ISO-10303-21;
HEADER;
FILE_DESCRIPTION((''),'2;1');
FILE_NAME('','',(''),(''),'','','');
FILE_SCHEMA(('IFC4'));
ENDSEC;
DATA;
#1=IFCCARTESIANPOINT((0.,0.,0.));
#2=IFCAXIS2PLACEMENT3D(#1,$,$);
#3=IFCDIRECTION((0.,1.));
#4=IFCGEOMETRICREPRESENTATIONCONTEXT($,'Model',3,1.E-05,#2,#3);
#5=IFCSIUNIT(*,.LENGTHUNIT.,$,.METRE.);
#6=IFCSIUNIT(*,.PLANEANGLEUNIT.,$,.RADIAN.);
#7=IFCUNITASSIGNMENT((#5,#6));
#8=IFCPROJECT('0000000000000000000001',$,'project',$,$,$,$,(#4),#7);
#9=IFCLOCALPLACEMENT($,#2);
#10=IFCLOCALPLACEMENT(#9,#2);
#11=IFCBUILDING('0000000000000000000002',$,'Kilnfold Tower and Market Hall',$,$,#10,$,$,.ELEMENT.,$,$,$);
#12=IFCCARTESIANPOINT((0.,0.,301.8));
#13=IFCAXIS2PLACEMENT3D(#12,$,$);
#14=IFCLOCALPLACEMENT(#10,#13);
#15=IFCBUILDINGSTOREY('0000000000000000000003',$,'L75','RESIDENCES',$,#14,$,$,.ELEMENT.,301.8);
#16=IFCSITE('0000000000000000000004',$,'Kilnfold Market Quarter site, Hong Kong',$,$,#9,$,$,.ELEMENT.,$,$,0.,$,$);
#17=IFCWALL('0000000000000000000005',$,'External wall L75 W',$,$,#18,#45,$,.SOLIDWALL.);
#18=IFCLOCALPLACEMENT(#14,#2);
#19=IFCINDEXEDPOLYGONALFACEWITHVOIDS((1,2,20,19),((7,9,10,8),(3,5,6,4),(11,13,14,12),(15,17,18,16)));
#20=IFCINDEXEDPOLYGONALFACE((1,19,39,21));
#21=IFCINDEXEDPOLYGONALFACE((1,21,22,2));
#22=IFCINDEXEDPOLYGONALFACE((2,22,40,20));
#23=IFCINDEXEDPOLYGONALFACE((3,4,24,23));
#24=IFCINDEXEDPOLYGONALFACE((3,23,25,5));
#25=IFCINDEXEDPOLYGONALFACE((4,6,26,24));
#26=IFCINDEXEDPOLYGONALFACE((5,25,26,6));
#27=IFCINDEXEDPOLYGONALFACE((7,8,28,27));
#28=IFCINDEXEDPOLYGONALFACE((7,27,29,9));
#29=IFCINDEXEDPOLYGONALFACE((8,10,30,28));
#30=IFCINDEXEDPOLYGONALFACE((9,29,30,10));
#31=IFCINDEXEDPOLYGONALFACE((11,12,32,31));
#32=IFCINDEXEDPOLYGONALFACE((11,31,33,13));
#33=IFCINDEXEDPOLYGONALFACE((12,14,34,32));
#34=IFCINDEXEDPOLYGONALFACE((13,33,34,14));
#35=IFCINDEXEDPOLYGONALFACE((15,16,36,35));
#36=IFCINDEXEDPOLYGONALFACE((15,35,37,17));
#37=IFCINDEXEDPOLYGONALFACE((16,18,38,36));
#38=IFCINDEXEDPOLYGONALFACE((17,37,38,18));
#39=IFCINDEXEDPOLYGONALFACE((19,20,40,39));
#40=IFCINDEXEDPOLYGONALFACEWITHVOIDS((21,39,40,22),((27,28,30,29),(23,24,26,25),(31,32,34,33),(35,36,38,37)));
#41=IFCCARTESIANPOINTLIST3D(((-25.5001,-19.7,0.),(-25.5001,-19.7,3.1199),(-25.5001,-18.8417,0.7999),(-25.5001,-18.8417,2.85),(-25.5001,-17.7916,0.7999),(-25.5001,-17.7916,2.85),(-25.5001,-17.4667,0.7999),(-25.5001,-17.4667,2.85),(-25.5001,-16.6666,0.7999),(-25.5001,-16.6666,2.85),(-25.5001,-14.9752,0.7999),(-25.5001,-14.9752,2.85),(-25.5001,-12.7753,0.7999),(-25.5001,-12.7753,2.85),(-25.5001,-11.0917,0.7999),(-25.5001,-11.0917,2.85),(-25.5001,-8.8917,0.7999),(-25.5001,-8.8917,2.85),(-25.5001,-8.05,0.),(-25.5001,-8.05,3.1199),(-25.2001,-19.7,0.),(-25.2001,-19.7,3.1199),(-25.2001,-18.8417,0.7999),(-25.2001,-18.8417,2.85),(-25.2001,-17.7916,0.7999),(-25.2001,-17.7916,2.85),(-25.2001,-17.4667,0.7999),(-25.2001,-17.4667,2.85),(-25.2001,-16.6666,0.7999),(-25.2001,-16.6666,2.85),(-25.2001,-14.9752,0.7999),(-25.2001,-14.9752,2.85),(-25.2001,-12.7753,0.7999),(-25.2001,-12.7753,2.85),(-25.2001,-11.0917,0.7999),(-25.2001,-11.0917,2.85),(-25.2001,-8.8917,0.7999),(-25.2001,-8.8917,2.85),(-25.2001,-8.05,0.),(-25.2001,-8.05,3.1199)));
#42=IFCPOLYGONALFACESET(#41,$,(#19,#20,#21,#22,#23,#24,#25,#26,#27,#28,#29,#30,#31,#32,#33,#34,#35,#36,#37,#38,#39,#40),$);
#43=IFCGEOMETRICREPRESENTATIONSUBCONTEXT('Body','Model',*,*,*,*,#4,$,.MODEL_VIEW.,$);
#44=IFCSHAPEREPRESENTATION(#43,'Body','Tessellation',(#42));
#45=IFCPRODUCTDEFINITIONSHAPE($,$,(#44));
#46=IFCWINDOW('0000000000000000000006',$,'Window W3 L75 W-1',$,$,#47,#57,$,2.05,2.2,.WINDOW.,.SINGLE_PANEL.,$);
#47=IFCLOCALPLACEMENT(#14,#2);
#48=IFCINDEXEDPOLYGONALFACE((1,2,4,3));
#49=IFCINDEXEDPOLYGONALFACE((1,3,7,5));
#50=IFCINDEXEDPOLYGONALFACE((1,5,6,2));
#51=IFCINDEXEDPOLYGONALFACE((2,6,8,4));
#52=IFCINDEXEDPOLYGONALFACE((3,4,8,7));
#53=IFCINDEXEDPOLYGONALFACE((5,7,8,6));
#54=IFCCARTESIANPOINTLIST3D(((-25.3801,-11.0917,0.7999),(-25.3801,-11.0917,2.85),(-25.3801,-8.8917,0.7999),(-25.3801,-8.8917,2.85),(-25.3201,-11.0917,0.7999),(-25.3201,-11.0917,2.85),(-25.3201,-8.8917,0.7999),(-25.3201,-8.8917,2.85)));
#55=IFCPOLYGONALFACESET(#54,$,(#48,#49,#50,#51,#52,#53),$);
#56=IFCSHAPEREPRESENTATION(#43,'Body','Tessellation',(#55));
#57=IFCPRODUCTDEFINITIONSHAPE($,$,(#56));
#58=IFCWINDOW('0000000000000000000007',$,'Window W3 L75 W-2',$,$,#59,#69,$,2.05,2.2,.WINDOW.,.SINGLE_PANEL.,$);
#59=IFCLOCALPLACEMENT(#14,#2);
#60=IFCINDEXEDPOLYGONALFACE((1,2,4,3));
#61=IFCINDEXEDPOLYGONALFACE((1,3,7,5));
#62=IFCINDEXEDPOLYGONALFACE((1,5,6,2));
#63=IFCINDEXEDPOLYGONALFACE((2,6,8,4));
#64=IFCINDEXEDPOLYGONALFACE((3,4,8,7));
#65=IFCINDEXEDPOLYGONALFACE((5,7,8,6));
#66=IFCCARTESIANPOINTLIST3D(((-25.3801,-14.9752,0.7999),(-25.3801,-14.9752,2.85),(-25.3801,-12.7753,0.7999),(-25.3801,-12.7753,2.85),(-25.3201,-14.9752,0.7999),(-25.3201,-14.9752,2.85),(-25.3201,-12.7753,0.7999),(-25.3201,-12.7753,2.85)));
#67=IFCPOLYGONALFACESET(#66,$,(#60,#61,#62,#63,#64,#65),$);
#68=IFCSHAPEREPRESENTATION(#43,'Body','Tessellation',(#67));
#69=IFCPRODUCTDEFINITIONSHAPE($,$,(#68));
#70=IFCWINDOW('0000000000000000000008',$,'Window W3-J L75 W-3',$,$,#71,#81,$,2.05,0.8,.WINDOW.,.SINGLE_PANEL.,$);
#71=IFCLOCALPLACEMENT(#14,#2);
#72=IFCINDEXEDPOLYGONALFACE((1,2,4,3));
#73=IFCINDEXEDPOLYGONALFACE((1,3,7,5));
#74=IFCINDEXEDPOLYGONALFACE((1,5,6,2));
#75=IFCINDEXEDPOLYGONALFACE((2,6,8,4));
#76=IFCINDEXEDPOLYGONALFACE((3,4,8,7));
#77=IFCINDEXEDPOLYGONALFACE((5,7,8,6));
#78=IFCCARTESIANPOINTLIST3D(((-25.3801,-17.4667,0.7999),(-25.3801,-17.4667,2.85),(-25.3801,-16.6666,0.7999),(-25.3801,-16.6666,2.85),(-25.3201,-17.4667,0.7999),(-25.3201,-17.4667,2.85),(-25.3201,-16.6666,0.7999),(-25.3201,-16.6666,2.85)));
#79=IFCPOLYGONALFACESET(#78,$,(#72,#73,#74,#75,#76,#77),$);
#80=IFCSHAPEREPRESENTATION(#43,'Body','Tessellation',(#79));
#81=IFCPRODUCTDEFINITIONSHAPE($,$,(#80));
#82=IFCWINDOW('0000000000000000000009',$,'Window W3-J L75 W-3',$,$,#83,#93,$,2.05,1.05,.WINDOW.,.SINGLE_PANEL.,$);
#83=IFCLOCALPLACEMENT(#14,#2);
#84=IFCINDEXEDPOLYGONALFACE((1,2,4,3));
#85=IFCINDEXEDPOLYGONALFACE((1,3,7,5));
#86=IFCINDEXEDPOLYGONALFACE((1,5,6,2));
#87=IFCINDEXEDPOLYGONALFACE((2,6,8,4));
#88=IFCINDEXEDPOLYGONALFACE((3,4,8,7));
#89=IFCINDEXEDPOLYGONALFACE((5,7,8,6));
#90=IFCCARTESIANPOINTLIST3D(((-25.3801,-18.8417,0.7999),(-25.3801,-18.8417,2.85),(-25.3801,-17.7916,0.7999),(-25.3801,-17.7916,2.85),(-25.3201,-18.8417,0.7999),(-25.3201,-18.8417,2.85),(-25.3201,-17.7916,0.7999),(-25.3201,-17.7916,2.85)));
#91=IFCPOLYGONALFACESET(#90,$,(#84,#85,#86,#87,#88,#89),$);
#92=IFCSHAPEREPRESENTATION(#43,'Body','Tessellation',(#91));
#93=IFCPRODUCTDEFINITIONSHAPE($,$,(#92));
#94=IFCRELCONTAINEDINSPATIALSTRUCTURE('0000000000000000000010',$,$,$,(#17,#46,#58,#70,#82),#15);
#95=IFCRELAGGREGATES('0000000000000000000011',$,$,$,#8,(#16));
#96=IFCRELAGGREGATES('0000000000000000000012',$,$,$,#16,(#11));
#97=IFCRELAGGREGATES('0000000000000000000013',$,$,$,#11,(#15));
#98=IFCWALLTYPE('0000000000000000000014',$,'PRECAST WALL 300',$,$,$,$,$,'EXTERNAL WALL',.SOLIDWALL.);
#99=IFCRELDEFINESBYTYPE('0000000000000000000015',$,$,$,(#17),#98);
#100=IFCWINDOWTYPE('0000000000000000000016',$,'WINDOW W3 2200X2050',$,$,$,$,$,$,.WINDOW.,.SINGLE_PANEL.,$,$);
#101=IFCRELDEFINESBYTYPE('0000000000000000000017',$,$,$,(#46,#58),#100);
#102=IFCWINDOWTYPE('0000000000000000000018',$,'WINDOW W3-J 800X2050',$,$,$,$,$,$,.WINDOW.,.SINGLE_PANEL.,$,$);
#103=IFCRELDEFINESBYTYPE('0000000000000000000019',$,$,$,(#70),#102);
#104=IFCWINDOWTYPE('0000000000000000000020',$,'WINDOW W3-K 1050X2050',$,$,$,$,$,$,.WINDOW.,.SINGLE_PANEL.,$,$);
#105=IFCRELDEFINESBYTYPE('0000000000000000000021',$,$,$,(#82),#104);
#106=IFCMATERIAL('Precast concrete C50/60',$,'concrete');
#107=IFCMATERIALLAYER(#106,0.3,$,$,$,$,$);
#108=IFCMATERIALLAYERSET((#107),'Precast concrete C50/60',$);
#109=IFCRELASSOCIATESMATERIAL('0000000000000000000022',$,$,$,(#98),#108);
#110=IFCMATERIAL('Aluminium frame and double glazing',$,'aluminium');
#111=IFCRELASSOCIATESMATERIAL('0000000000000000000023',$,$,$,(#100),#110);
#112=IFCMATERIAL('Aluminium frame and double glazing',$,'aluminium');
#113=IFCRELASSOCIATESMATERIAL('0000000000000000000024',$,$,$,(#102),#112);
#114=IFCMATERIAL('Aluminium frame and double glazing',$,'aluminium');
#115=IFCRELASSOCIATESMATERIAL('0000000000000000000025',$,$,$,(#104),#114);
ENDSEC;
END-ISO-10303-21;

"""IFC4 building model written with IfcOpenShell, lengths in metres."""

from ifc_helpers import new_model, si_unit, direction, frame, frame_2d, origin, place, context, subcontext, project, spatial, rectangle, extrude, source, transform, mapped, material, layer, layer_set, type_object, element, fill, save


model = new_model("IFC4")

# Units and contexts
model_context = context("Model", 3, precision=1e-05, world=origin(), true_north=direction((0.0, 1.0)))
body_context = subcontext(model_context, "Body", "Model", "MODEL_VIEW")
ifc_project = project(units=[si_unit("LENGTHUNIT", "METRE"), si_unit("PLANEANGLEUNIT", "RADIAN")], contexts=[model_context])

# Site, building, storey
site_placement = place(None, origin())
site = spatial("IfcSite", under=ifc_project, at=site_placement, Name="Kilnfold Market Quarter site, Hong Kong", CompositionType="ELEMENT", RefElevation=0.0)
building_placement = place(site_placement, origin())
building = spatial("IfcBuilding", under=site, at=building_placement, Name="Kilnfold Tower and Market Hall", CompositionType="ELEMENT")
storey_placement = place(building_placement, frame((0.0, 0.0, 301.8)))
storey = spatial("IfcBuildingStorey", under=building, at=storey_placement, Name="L75", Description="RESIDENCES", CompositionType="ELEMENT", Elevation=301.8)

# Wall, openings, windows
ifc_material_1 = material(Name="Precast concrete C50/60", Category="concrete")
ifc_layer_1 = layer(ifc_material_1, 0.3)
ifc_layer_set_1 = layer_set([ifc_layer_1], Name="Precast concrete C50/60")
wall_type_1 = type_object("IfcWallType", Name="PRECAST WALL 300", ElementType="EXTERNAL WALL", PredefinedType="SOLIDWALL", material=ifc_layer_set_1)
ifc_material_2 = material(Name="Aluminium frame and double glazing", Category="aluminium")
window_type_1 = type_object("IfcWindowType", Name="WINDOW W3 2200X2050", PartitioningType="SINGLE_PANEL", PredefinedType="WINDOW", material=ifc_material_2)
shared_shape_1 = source(origin(), body_context, "Body", "SweptSolid", [
    extrude(rectangle(XDim=11.6499, YDim=0.3, at=frame_2d((5.825, 0.0))), origin(), (0.0, 0.0, 1.0), 3.1199),
])
wall_1_placement = place(storey_placement, frame((-25.3501, -8.05, 0.0), z_axis=(0.0, 0.0, 1.0), x_axis=(0.0, -1.0, 0.0)))
wall_1 = element("IfcWall", 1, at=wall_1_placement, inside=storey, type_object=wall_type_1, Name="External wall L75 W", PredefinedType="SOLIDWALL", context=body_context, shape_type="MappedRepresentation", body=[
    mapped(shared_shape_1, transform((0.0, 0.0, 0.0))),
])
opening_1_placement = place(wall_1_placement, frame((0.8416, 0.0, 0.8)))
opening_1 = element("IfcOpeningElement", 2, at=opening_1_placement, cuts=wall_1, PredefinedType="OPENING", context=body_context, shape_type="SweptSolid", body=[
    extrude(rectangle(XDim=2.2, YDim=2.05, at=frame_2d((1.1001, 1.0249))), frame((0.0, 0.1602, 0.0), z_axis=(0.0, -1.0, 0.0), x_axis=(1.0, 0.0, 0.0)), (0.0, 0.0, 1.0), 0.3201),
])
opening_2_placement = place(wall_1_placement, frame((4.7251, 0.0, 0.8)))
opening_2 = element("IfcOpeningElement", 3, at=opening_2_placement, cuts=wall_1, PredefinedType="OPENING", context=body_context, shape_type="SweptSolid", body=[
    extrude(rectangle(XDim=2.2, YDim=2.05, at=frame_2d((1.1001, 1.0249))), frame((0.0, 0.1602, 0.0), z_axis=(0.0, -1.0, 0.0), x_axis=(1.0, 0.0, 0.0)), (0.0, 0.0, 1.0), 0.3201),
])
opening_3_placement = place(wall_1_placement, frame((8.6167, 0.0, 0.8)))
opening_3 = element("IfcOpeningElement", 4, at=opening_3_placement, cuts=wall_1, PredefinedType="OPENING", context=body_context, shape_type="SweptSolid", body=[
    extrude(rectangle(XDim=0.8, YDim=2.05, at=frame_2d((0.3999, 1.0249))), frame((0.0, 0.1602, 0.0), z_axis=(0.0, -1.0, 0.0), x_axis=(1.0, 0.0, 0.0)), (0.0, 0.0, 1.0), 0.3201),
])
opening_4_placement = place(wall_1_placement, frame((9.7417, 0.0, 0.8)))
opening_4 = element("IfcOpeningElement", 5, at=opening_4_placement, cuts=wall_1, PredefinedType="OPENING", context=body_context, shape_type="SweptSolid", body=[
    extrude(rectangle(XDim=1.05, YDim=2.05, at=frame_2d((0.5249, 1.0249))), frame((0.0, 0.1602, 0.0), z_axis=(0.0, -1.0, 0.0), x_axis=(1.0, 0.0, 0.0)), (0.0, 0.0, 1.0), 0.3201),
])
window_1_placement = place(opening_1_placement, origin())
window_1 = element("IfcWindow", 6, at=window_1_placement, inside=storey, type_object=window_type_1, Name="Window W3 L75 W-1", OverallHeight=2.05, OverallWidth=2.2, PartitioningType="SINGLE_PANEL", PredefinedType="WINDOW", context=body_context, shape_type="SweptSolid", body=[
    extrude(rectangle(XDim=2.2, YDim=2.05, at=frame_2d((1.1001, 1.0249))), frame((0.0, 0.03, 0.0), z_axis=(0.0, -1.0, 0.0), x_axis=(1.0, 0.0, 0.0)), (0.0, 0.0, 1.0), 0.0601),
])
fill(opening_1, window_1)
window_2_placement = place(opening_2_placement, origin())
window_2 = element("IfcWindow", 7, at=window_2_placement, inside=storey, type_object=window_type_1, Name="Window W3 L75 W-2", OverallHeight=2.05, OverallWidth=2.2, PartitioningType="SINGLE_PANEL", PredefinedType="WINDOW", context=body_context, shape_type="SweptSolid", body=[
    extrude(rectangle(XDim=2.2, YDim=2.05, at=frame_2d((1.1001, 1.0249))), frame((0.0, 0.03, 0.0), z_axis=(0.0, -1.0, 0.0), x_axis=(1.0, 0.0, 0.0)), (0.0, 0.0, 1.0), 0.0601),
])
fill(opening_2, window_2)
ifc_material_3 = material(Name="Aluminium frame and double glazing", Category="aluminium")
window_type_2 = type_object("IfcWindowType", Name="WINDOW W3-J 800X2050", PartitioningType="SINGLE_PANEL", PredefinedType="WINDOW", material=ifc_material_3)
window_3_placement = place(opening_3_placement, origin())
window_3 = element("IfcWindow", 8, at=window_3_placement, inside=storey, type_object=window_type_2, Name="Window W3-J L75 W-3", OverallHeight=2.05, OverallWidth=0.8, PartitioningType="SINGLE_PANEL", PredefinedType="WINDOW", context=body_context, shape_type="SweptSolid", body=[
    extrude(rectangle(XDim=0.8, YDim=2.05, at=frame_2d((0.3999, 1.0249))), frame((0.0, 0.03, 0.0), z_axis=(0.0, -1.0, 0.0), x_axis=(1.0, 0.0, 0.0)), (0.0, 0.0, 1.0), 0.0601),
])
fill(opening_3, window_3)
ifc_material_4 = material(Name="Aluminium frame and double glazing", Category="aluminium")
window_type_3 = type_object("IfcWindowType", Name="WINDOW W3-K 1050X2050", PartitioningType="SINGLE_PANEL", PredefinedType="WINDOW", material=ifc_material_4)
window_4_placement = place(opening_4_placement, origin())
window_4 = element("IfcWindow", 9, at=window_4_placement, inside=storey, type_object=window_type_3, Name="Window W3-J L75 W-3", OverallHeight=2.05, OverallWidth=1.05, PartitioningType="SINGLE_PANEL", PredefinedType="WINDOW", context=body_context, shape_type="SweptSolid", body=[
    extrude(rectangle(XDim=1.05, YDim=2.05, at=frame_2d((0.5249, 1.0249))), frame((0.0, 0.03, 0.0), z_axis=(0.0, -1.0, 0.0), x_axis=(1.0, 0.0, 0.0)), (0.0, 0.0, 1.0), 0.0601),
])
fill(opening_4, window_4)

save(model, "model.ifc")
